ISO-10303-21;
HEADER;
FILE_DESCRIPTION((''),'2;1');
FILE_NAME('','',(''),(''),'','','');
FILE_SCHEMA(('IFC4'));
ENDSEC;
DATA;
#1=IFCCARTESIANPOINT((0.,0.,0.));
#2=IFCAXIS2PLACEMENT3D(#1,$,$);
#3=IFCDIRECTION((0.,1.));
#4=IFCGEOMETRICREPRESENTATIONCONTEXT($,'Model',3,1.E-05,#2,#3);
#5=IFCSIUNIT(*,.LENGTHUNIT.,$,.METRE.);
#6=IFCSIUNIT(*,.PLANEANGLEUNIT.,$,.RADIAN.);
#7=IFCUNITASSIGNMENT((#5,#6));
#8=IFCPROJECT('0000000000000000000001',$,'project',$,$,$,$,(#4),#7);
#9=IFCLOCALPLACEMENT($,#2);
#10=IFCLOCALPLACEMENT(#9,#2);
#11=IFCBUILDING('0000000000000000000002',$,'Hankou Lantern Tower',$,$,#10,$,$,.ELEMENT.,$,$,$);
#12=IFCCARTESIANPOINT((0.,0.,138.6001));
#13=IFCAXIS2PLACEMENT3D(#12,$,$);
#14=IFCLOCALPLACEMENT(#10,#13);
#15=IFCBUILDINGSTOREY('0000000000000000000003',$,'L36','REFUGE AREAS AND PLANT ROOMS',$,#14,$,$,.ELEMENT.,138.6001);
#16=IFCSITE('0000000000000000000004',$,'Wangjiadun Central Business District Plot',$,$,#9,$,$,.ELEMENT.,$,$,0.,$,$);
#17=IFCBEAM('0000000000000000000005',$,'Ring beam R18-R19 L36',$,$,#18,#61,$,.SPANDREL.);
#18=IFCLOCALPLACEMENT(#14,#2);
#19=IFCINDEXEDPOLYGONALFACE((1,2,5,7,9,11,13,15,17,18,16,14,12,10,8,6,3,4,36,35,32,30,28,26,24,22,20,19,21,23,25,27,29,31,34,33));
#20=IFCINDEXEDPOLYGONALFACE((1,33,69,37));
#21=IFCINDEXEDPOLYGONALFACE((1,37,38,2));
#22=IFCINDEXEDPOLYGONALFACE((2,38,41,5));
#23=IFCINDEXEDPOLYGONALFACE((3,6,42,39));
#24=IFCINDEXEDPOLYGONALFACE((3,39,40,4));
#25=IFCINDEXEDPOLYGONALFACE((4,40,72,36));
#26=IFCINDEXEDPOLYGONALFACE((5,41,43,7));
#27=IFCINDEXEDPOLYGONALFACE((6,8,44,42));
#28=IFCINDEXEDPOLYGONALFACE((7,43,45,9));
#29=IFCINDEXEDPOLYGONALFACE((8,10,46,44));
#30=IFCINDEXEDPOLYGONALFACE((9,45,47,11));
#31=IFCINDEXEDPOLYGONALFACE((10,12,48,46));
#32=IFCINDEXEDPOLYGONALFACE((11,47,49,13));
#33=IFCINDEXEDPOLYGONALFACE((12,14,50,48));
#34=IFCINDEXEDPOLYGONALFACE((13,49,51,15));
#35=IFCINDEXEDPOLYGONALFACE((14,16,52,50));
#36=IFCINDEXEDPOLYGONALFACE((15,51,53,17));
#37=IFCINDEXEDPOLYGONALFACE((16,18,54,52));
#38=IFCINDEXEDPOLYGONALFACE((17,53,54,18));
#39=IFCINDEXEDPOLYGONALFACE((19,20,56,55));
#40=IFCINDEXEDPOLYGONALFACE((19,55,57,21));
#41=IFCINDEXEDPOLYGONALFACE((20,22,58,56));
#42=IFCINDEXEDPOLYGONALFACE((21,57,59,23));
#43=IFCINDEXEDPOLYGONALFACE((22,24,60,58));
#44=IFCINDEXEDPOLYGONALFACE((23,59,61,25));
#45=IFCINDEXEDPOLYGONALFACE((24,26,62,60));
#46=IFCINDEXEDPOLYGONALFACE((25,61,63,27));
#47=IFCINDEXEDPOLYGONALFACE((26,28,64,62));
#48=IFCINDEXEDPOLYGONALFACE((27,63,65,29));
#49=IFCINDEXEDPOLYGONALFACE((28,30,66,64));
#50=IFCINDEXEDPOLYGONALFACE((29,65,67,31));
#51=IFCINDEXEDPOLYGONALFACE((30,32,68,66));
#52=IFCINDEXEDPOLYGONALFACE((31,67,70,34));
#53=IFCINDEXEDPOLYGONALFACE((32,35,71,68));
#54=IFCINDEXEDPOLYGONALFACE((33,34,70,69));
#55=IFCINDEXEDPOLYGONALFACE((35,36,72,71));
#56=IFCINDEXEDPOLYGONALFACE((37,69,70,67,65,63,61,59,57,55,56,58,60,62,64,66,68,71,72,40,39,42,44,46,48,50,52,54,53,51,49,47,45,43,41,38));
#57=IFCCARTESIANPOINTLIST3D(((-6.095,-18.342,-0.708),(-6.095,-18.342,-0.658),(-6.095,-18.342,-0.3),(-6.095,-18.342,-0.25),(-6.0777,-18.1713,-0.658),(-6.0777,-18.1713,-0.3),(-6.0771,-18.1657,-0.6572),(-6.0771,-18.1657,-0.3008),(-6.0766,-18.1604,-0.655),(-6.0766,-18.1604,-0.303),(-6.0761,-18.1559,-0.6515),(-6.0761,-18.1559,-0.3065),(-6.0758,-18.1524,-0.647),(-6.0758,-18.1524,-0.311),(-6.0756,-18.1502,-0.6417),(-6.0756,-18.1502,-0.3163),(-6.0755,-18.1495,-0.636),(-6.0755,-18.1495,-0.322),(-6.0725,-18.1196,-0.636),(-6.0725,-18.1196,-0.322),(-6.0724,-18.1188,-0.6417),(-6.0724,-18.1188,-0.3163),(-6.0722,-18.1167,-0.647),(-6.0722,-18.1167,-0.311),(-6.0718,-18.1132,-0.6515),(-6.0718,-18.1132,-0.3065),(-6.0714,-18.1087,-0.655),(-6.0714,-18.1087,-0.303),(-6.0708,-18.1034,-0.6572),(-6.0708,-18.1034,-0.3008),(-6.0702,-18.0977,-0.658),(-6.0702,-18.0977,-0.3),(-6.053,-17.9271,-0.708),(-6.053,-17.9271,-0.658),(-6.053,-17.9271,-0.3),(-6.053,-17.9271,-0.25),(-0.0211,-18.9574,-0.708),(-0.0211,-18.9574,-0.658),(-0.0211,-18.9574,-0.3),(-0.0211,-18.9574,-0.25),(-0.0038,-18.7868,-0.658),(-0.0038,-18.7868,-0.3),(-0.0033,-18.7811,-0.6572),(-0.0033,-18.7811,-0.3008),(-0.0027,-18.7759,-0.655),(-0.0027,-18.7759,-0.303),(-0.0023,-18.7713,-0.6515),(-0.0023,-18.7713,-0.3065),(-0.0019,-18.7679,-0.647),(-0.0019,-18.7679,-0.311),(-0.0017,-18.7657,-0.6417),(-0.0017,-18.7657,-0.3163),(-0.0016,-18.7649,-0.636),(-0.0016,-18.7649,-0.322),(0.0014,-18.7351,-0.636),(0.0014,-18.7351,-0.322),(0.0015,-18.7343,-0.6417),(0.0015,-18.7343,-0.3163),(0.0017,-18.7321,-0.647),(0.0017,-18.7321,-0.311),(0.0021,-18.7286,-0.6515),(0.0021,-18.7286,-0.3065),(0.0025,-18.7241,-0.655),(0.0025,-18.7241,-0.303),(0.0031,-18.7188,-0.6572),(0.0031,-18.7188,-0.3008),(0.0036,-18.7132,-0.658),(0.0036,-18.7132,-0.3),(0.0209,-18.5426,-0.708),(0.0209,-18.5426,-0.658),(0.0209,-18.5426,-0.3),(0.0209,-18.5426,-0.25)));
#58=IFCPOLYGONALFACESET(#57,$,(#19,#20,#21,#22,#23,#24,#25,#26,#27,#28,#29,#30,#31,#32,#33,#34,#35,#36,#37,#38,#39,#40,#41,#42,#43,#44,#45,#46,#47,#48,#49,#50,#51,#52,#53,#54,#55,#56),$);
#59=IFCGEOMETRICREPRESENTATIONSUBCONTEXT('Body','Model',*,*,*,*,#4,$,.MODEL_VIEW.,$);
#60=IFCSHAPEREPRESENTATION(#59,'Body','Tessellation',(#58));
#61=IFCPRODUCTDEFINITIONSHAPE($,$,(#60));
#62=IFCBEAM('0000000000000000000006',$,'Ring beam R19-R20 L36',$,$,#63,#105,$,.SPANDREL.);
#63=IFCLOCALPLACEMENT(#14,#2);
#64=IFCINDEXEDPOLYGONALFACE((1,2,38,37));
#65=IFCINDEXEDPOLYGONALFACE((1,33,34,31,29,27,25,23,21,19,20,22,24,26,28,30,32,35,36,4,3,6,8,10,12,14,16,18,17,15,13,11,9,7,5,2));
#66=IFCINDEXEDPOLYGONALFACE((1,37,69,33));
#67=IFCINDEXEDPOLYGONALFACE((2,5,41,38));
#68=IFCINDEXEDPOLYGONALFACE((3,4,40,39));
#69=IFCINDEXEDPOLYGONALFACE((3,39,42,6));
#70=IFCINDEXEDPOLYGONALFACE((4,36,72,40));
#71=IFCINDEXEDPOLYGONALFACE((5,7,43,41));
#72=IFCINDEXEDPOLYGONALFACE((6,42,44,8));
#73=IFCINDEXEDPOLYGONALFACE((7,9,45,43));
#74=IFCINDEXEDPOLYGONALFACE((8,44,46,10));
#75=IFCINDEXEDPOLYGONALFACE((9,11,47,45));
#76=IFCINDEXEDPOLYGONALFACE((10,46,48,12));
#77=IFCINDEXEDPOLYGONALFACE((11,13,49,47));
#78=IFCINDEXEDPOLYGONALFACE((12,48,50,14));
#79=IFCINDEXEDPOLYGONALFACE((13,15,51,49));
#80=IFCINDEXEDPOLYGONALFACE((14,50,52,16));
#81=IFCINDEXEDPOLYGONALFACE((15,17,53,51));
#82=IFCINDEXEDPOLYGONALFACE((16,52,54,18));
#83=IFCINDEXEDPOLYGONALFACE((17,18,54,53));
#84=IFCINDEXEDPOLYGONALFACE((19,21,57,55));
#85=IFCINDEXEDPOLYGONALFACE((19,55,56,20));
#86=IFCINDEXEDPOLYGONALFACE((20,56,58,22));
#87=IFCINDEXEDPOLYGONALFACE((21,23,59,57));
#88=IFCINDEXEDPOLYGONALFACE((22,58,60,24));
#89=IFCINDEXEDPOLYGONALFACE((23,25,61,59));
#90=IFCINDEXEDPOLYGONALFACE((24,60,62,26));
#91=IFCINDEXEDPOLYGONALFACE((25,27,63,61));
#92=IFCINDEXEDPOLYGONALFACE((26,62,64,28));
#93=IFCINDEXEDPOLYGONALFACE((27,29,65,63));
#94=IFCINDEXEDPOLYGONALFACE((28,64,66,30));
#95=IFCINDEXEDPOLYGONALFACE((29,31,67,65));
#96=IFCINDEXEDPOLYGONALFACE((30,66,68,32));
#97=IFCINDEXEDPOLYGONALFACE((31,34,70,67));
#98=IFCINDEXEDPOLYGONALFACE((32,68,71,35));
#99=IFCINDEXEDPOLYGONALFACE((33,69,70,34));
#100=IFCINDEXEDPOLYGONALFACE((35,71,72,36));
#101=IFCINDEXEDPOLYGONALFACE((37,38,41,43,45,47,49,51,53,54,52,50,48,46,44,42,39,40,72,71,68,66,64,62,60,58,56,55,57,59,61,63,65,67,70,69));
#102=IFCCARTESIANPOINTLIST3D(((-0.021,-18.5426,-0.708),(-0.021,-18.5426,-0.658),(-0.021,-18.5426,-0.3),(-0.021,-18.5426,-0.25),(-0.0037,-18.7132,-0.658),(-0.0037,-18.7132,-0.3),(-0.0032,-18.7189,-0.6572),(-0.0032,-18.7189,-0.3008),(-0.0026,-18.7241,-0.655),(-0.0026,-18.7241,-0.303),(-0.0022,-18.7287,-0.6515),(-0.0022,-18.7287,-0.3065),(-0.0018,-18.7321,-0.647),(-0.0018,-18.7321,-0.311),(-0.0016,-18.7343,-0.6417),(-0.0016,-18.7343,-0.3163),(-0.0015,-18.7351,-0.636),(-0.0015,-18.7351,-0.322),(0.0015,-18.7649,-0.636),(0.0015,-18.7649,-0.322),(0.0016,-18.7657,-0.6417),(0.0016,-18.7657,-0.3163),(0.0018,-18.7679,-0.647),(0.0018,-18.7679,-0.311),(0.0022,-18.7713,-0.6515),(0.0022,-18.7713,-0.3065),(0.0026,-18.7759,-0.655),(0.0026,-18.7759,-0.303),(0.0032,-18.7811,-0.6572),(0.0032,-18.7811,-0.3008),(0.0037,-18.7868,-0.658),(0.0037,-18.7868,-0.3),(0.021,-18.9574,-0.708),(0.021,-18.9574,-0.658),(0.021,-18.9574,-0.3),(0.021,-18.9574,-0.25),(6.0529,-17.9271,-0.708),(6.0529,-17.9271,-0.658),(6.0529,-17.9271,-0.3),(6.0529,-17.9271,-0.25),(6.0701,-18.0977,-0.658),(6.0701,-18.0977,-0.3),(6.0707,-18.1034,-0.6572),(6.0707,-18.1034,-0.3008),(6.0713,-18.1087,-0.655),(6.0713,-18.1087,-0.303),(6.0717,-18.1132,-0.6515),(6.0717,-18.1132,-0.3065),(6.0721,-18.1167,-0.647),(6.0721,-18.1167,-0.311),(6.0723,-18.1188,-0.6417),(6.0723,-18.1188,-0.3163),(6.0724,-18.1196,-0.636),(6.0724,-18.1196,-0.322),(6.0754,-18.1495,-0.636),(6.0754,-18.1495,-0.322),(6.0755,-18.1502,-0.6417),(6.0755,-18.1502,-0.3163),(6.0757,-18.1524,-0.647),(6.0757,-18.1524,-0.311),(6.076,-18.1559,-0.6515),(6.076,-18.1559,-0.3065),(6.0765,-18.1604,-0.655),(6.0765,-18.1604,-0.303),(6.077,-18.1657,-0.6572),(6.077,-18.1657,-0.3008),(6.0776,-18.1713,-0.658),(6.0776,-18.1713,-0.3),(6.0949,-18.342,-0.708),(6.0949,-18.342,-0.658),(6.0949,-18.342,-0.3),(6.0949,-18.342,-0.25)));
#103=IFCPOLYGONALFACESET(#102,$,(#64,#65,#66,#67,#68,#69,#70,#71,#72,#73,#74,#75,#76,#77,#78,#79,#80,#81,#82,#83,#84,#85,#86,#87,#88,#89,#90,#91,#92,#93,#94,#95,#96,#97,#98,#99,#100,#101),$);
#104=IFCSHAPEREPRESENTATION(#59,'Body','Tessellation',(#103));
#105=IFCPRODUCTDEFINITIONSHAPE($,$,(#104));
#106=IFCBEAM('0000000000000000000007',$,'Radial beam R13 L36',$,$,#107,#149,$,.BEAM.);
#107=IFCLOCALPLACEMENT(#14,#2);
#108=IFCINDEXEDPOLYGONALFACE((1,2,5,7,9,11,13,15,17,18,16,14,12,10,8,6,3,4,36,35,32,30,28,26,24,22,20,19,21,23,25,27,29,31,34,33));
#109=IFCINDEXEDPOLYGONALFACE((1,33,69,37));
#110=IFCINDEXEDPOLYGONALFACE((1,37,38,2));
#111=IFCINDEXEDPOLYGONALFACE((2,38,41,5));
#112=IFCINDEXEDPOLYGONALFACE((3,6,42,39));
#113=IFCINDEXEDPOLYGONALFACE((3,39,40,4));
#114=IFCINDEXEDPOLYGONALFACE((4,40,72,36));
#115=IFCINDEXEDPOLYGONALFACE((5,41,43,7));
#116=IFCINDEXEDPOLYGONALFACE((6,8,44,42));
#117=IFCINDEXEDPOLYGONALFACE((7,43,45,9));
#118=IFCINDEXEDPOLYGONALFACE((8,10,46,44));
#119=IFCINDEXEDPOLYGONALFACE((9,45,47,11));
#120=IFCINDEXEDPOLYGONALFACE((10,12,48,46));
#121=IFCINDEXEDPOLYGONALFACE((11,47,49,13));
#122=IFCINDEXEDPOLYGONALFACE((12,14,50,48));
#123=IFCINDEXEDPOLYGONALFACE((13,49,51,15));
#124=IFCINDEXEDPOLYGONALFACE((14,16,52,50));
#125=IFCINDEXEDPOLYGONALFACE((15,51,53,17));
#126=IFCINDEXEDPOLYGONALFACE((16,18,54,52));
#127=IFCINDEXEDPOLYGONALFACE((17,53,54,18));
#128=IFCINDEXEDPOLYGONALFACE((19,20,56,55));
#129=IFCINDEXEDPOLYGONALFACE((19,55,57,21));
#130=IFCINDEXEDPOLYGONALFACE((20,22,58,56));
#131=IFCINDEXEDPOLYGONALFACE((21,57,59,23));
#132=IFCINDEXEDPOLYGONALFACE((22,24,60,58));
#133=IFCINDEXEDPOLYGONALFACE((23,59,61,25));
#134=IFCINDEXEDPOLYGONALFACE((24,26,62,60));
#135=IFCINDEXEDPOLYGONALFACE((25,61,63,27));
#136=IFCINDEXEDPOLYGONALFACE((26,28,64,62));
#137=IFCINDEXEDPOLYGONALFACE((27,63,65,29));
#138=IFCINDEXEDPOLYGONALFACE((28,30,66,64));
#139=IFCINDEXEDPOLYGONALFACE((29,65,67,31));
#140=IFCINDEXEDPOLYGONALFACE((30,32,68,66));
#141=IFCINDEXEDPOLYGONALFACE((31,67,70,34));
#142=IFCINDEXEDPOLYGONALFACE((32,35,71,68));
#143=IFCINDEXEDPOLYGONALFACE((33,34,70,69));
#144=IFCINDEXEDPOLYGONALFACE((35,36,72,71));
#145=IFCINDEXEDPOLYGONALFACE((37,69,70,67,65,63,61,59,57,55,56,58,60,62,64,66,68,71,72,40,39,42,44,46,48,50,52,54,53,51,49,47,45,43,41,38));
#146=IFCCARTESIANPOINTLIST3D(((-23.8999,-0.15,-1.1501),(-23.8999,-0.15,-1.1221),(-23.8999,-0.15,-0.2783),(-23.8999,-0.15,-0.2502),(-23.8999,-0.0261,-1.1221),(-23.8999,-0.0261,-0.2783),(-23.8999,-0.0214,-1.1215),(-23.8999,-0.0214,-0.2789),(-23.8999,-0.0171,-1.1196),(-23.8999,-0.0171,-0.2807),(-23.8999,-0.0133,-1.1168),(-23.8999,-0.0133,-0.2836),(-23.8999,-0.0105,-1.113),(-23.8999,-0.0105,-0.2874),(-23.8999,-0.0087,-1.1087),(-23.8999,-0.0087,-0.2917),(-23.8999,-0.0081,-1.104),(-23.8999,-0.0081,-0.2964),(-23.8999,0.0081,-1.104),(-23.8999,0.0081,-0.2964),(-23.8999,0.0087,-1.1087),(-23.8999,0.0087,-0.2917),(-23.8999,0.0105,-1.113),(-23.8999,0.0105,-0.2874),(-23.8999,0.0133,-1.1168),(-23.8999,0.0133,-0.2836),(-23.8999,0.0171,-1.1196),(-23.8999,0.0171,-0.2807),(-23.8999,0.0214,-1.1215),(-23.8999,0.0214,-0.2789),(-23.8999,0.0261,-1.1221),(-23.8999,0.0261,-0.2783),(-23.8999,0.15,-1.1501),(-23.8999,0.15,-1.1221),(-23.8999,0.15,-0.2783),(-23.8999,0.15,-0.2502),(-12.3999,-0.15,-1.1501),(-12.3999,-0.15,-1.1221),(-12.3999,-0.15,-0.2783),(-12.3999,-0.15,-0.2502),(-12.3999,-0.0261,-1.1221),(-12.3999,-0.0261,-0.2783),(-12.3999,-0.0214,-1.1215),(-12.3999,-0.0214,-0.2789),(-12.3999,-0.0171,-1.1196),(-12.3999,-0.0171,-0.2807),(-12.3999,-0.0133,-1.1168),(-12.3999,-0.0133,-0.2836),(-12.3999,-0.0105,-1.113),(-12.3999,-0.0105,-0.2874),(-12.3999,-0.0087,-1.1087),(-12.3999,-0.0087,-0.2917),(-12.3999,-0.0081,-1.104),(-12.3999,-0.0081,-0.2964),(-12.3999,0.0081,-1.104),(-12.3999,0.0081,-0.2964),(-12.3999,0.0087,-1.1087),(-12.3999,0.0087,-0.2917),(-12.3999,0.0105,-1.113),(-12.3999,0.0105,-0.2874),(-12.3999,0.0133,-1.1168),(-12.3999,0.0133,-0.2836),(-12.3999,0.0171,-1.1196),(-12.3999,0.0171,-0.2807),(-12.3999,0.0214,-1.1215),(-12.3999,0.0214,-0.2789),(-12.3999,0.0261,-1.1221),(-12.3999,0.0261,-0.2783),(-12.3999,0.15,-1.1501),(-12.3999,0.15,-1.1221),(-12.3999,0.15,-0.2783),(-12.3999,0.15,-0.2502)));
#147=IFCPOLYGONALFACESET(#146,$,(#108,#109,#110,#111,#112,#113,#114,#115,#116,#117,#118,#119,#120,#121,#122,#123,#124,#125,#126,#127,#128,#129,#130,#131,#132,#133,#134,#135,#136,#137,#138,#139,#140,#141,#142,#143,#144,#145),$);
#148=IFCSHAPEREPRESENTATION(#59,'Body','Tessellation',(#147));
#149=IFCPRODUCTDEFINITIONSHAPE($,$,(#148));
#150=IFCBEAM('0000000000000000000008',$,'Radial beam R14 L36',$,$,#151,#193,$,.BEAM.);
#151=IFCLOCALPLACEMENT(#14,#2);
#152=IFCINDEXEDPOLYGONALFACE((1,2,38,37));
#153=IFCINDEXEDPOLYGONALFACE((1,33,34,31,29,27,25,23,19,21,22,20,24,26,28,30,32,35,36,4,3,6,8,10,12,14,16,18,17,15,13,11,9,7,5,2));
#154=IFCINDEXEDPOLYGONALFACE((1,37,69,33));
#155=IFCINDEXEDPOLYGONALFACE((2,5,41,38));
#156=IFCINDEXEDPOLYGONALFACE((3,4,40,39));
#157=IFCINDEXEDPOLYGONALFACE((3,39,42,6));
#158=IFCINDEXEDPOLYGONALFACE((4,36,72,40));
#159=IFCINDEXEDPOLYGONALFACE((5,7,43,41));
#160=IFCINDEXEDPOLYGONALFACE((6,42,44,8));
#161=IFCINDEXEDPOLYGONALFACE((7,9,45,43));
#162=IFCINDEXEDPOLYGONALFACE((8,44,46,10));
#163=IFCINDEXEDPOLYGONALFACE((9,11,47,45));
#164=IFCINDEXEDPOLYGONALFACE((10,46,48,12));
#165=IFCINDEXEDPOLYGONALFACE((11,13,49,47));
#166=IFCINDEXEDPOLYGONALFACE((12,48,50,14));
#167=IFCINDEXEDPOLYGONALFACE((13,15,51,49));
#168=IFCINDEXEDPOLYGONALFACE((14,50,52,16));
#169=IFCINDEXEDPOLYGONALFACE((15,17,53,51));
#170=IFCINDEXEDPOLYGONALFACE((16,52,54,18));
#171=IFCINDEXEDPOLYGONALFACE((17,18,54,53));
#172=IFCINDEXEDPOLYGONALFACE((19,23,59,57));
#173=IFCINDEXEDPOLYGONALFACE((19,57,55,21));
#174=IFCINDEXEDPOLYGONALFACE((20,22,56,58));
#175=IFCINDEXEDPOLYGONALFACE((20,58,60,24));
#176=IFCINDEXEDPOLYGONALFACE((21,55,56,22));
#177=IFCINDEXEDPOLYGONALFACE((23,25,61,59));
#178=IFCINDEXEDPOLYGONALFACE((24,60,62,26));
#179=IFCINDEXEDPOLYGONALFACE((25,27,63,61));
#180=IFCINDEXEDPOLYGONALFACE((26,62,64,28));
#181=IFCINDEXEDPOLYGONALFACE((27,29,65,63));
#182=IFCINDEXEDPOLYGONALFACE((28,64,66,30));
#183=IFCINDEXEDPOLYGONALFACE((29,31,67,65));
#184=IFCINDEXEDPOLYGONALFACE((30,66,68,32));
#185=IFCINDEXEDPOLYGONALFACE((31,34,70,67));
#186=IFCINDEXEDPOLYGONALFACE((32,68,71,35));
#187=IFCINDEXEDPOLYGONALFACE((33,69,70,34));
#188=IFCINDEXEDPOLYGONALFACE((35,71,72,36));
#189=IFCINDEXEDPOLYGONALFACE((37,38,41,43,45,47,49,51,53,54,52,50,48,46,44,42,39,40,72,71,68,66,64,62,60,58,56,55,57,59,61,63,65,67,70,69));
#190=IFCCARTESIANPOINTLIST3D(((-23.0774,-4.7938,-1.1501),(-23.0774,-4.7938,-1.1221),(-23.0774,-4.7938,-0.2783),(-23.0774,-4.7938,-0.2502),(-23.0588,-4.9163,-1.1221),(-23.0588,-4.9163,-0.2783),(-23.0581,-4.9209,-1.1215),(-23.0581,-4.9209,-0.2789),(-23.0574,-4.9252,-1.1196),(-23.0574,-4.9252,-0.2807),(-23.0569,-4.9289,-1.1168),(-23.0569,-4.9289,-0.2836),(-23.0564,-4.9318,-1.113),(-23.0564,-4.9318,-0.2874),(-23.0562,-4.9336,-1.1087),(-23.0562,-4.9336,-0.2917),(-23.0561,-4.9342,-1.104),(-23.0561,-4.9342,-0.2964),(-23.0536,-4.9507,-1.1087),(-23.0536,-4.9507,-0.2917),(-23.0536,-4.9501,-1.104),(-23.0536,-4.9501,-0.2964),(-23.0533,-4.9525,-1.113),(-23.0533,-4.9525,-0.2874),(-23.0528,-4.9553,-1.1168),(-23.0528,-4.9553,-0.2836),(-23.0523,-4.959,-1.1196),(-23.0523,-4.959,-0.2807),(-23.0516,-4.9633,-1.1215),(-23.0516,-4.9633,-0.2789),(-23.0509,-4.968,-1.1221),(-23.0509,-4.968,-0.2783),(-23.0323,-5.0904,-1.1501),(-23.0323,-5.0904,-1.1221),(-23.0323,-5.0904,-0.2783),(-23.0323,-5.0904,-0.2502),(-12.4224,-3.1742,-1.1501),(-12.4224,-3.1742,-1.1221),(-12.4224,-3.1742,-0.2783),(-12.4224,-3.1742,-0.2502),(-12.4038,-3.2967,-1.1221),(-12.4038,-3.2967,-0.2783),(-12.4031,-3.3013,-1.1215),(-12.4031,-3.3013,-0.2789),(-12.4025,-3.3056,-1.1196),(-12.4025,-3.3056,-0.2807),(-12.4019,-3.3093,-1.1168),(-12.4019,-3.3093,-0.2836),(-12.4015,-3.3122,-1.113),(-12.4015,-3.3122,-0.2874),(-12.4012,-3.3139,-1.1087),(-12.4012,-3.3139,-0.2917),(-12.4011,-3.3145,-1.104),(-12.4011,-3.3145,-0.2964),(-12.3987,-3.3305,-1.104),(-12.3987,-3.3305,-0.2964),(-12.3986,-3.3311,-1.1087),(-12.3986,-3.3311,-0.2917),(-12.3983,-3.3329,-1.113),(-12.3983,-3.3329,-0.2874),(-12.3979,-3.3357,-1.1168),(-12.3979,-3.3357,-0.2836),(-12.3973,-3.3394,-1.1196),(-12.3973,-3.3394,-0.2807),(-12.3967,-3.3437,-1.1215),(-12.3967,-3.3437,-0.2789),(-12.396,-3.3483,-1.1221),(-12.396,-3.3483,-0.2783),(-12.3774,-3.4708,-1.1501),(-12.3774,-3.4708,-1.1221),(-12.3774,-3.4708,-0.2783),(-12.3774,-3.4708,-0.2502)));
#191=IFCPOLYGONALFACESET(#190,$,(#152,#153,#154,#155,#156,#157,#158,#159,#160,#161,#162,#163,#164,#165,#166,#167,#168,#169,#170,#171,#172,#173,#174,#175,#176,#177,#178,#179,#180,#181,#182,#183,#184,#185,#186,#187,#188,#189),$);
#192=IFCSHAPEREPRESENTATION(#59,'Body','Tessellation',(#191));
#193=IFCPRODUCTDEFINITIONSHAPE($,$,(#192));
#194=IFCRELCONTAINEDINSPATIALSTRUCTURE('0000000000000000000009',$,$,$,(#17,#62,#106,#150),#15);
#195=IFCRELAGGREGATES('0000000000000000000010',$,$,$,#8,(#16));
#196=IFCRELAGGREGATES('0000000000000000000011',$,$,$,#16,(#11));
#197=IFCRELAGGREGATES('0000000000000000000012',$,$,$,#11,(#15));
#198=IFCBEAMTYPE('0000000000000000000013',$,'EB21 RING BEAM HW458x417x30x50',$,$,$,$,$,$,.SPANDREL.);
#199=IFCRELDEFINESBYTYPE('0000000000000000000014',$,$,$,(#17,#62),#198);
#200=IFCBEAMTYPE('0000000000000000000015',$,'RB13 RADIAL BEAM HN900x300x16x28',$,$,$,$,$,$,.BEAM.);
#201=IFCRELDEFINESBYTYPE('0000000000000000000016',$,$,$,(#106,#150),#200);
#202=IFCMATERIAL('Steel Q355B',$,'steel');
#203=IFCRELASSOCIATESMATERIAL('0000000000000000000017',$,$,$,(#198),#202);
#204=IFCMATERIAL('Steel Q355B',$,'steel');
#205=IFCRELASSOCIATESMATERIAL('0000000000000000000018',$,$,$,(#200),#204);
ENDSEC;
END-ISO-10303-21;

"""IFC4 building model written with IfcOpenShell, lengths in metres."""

from ifc_helpers import new_model, si_unit, direction, frame, origin, origin_2d, place, context, subcontext, project, spatial, i_section, extrude, material, material_profile, profile_set, type_object, element, save


model = new_model("IFC4")

# Units and contexts
model_context = context("Model", 3, precision=1e-05, world=origin(), true_north=direction((0.0, 1.0)))
body_context = subcontext(model_context, "Body", "Model", "MODEL_VIEW")
ifc_project = project(units=[si_unit("LENGTHUNIT", "METRE"), si_unit("PLANEANGLEUNIT", "RADIAN")], contexts=[model_context])

# Site, building, storey
site_placement = place(None, origin())
site = spatial("IfcSite", under=ifc_project, at=site_placement, Name="Wangjiadun Central Business District Plot", CompositionType="ELEMENT", RefElevation=0.0)
building_placement = place(site_placement, origin())
building = spatial("IfcBuilding", under=site, at=building_placement, Name="Hankou Lantern Tower", CompositionType="ELEMENT")
storey_placement = place(building_placement, frame((0.0, 0.0, 138.6001)))
storey = spatial("IfcBuildingStorey", under=building, at=storey_placement, Name="L36", Description="REFUGE AREAS AND PLANT ROOMS", CompositionType="ELEMENT", Elevation=138.6001)

# Beams
ifc_material_1 = material(Name="Steel Q355B", Category="steel")
ifc_material_profile_1 = material_profile(ifc_material_1, i_section(OverallWidth=0.417, OverallDepth=0.458, WebThickness=0.03, FlangeThickness=0.05, FilletRadius=0.022, at=origin_2d()), Name="HW458x417x30x50")
ifc_profile_set_1 = profile_set([ifc_material_profile_1], Name="Steel Q355B")
beam_type_1 = type_object("IfcBeamType", Name="EB21 RING BEAM HW458x417x30x50", PredefinedType="SPANDREL", material=ifc_profile_set_1)
for number, where, z_axis, x_axis, name in (
    (1, (-6.074, -18.1345, -0.479), (0.994905, -0.100814, 0.0), (0.100814, 0.994905, 0.0), "Ring beam R18-R19 L36"),
    (2, (0.0, -18.75, -0.479), (0.994905, 0.100814, 0.0), (-0.100814, 0.994905, 0.0), "Ring beam R19-R20 L36"),
):
    element("IfcBeam", number, at=place(storey_placement, frame(where, z_axis=z_axis, x_axis=x_axis)), inside=storey, type_object=beam_type_1, Name=name, PredefinedType="SPANDREL", context=body_context, shape_type="SweptSolid", body=[
        extrude(i_section(OverallWidth=0.417, OverallDepth=0.458, WebThickness=0.03, FlangeThickness=0.05, FilletRadius=0.022, at=origin_2d()), origin(), (0.0, 0.0, 1.0), 6.105),
    ])
ifc_material_2 = material(Name="Steel Q355B", Category="steel")
ifc_material_profile_2 = material_profile(ifc_material_2, i_section(OverallWidth=0.3, OverallDepth=0.8999, WebThickness=0.0161, FlangeThickness=0.0281, FilletRadius=0.0181, at=origin_2d()), Name="HN900x300x16x28")
ifc_profile_set_2 = profile_set([ifc_material_profile_2], Name="Steel Q355B")
beam_type_2 = type_object("IfcBeamType", Name="RB13 RADIAL BEAM HN900x300x16x28", PredefinedType="BEAM", material=ifc_profile_set_2)
beam_1_placement = place(storey_placement, frame((-12.3999, 0.0, -0.7002), z_axis=(-1.0, 0.0, 0.0), x_axis=(0.0, -1.0, 0.0)))
element("IfcBeam", 3, at=beam_1_placement, inside=storey, type_object=beam_type_2, Name="Radial beam R13 L36", PredefinedType="BEAM", context=body_context, shape_type="SweptSolid", body=[
    extrude(i_section(OverallWidth=0.3, OverallDepth=0.8999, WebThickness=0.0161, FlangeThickness=0.0281, FilletRadius=0.0181, at=origin_2d()), origin(), (0.0, 0.0, 1.0), 11.5),
])
beam_2_placement = place(storey_placement, frame((-12.3999, -3.3225, -0.7002), z_axis=(-0.988644, -0.15028, 0.0), x_axis=(0.15028, -0.988644, 0.0)))
element("IfcBeam", 4, at=beam_2_placement, inside=storey, type_object=beam_type_2, Name="Radial beam R14 L36", PredefinedType="BEAM", context=body_context, shape_type="SweptSolid", body=[
    extrude(i_section(OverallWidth=0.3, OverallDepth=0.8999, WebThickness=0.0161, FlangeThickness=0.0281, FilletRadius=0.0181, at=origin_2d()), origin(), (0.0, 0.0, 1.0), 10.7773),
])

save(model, "model.ifc")
